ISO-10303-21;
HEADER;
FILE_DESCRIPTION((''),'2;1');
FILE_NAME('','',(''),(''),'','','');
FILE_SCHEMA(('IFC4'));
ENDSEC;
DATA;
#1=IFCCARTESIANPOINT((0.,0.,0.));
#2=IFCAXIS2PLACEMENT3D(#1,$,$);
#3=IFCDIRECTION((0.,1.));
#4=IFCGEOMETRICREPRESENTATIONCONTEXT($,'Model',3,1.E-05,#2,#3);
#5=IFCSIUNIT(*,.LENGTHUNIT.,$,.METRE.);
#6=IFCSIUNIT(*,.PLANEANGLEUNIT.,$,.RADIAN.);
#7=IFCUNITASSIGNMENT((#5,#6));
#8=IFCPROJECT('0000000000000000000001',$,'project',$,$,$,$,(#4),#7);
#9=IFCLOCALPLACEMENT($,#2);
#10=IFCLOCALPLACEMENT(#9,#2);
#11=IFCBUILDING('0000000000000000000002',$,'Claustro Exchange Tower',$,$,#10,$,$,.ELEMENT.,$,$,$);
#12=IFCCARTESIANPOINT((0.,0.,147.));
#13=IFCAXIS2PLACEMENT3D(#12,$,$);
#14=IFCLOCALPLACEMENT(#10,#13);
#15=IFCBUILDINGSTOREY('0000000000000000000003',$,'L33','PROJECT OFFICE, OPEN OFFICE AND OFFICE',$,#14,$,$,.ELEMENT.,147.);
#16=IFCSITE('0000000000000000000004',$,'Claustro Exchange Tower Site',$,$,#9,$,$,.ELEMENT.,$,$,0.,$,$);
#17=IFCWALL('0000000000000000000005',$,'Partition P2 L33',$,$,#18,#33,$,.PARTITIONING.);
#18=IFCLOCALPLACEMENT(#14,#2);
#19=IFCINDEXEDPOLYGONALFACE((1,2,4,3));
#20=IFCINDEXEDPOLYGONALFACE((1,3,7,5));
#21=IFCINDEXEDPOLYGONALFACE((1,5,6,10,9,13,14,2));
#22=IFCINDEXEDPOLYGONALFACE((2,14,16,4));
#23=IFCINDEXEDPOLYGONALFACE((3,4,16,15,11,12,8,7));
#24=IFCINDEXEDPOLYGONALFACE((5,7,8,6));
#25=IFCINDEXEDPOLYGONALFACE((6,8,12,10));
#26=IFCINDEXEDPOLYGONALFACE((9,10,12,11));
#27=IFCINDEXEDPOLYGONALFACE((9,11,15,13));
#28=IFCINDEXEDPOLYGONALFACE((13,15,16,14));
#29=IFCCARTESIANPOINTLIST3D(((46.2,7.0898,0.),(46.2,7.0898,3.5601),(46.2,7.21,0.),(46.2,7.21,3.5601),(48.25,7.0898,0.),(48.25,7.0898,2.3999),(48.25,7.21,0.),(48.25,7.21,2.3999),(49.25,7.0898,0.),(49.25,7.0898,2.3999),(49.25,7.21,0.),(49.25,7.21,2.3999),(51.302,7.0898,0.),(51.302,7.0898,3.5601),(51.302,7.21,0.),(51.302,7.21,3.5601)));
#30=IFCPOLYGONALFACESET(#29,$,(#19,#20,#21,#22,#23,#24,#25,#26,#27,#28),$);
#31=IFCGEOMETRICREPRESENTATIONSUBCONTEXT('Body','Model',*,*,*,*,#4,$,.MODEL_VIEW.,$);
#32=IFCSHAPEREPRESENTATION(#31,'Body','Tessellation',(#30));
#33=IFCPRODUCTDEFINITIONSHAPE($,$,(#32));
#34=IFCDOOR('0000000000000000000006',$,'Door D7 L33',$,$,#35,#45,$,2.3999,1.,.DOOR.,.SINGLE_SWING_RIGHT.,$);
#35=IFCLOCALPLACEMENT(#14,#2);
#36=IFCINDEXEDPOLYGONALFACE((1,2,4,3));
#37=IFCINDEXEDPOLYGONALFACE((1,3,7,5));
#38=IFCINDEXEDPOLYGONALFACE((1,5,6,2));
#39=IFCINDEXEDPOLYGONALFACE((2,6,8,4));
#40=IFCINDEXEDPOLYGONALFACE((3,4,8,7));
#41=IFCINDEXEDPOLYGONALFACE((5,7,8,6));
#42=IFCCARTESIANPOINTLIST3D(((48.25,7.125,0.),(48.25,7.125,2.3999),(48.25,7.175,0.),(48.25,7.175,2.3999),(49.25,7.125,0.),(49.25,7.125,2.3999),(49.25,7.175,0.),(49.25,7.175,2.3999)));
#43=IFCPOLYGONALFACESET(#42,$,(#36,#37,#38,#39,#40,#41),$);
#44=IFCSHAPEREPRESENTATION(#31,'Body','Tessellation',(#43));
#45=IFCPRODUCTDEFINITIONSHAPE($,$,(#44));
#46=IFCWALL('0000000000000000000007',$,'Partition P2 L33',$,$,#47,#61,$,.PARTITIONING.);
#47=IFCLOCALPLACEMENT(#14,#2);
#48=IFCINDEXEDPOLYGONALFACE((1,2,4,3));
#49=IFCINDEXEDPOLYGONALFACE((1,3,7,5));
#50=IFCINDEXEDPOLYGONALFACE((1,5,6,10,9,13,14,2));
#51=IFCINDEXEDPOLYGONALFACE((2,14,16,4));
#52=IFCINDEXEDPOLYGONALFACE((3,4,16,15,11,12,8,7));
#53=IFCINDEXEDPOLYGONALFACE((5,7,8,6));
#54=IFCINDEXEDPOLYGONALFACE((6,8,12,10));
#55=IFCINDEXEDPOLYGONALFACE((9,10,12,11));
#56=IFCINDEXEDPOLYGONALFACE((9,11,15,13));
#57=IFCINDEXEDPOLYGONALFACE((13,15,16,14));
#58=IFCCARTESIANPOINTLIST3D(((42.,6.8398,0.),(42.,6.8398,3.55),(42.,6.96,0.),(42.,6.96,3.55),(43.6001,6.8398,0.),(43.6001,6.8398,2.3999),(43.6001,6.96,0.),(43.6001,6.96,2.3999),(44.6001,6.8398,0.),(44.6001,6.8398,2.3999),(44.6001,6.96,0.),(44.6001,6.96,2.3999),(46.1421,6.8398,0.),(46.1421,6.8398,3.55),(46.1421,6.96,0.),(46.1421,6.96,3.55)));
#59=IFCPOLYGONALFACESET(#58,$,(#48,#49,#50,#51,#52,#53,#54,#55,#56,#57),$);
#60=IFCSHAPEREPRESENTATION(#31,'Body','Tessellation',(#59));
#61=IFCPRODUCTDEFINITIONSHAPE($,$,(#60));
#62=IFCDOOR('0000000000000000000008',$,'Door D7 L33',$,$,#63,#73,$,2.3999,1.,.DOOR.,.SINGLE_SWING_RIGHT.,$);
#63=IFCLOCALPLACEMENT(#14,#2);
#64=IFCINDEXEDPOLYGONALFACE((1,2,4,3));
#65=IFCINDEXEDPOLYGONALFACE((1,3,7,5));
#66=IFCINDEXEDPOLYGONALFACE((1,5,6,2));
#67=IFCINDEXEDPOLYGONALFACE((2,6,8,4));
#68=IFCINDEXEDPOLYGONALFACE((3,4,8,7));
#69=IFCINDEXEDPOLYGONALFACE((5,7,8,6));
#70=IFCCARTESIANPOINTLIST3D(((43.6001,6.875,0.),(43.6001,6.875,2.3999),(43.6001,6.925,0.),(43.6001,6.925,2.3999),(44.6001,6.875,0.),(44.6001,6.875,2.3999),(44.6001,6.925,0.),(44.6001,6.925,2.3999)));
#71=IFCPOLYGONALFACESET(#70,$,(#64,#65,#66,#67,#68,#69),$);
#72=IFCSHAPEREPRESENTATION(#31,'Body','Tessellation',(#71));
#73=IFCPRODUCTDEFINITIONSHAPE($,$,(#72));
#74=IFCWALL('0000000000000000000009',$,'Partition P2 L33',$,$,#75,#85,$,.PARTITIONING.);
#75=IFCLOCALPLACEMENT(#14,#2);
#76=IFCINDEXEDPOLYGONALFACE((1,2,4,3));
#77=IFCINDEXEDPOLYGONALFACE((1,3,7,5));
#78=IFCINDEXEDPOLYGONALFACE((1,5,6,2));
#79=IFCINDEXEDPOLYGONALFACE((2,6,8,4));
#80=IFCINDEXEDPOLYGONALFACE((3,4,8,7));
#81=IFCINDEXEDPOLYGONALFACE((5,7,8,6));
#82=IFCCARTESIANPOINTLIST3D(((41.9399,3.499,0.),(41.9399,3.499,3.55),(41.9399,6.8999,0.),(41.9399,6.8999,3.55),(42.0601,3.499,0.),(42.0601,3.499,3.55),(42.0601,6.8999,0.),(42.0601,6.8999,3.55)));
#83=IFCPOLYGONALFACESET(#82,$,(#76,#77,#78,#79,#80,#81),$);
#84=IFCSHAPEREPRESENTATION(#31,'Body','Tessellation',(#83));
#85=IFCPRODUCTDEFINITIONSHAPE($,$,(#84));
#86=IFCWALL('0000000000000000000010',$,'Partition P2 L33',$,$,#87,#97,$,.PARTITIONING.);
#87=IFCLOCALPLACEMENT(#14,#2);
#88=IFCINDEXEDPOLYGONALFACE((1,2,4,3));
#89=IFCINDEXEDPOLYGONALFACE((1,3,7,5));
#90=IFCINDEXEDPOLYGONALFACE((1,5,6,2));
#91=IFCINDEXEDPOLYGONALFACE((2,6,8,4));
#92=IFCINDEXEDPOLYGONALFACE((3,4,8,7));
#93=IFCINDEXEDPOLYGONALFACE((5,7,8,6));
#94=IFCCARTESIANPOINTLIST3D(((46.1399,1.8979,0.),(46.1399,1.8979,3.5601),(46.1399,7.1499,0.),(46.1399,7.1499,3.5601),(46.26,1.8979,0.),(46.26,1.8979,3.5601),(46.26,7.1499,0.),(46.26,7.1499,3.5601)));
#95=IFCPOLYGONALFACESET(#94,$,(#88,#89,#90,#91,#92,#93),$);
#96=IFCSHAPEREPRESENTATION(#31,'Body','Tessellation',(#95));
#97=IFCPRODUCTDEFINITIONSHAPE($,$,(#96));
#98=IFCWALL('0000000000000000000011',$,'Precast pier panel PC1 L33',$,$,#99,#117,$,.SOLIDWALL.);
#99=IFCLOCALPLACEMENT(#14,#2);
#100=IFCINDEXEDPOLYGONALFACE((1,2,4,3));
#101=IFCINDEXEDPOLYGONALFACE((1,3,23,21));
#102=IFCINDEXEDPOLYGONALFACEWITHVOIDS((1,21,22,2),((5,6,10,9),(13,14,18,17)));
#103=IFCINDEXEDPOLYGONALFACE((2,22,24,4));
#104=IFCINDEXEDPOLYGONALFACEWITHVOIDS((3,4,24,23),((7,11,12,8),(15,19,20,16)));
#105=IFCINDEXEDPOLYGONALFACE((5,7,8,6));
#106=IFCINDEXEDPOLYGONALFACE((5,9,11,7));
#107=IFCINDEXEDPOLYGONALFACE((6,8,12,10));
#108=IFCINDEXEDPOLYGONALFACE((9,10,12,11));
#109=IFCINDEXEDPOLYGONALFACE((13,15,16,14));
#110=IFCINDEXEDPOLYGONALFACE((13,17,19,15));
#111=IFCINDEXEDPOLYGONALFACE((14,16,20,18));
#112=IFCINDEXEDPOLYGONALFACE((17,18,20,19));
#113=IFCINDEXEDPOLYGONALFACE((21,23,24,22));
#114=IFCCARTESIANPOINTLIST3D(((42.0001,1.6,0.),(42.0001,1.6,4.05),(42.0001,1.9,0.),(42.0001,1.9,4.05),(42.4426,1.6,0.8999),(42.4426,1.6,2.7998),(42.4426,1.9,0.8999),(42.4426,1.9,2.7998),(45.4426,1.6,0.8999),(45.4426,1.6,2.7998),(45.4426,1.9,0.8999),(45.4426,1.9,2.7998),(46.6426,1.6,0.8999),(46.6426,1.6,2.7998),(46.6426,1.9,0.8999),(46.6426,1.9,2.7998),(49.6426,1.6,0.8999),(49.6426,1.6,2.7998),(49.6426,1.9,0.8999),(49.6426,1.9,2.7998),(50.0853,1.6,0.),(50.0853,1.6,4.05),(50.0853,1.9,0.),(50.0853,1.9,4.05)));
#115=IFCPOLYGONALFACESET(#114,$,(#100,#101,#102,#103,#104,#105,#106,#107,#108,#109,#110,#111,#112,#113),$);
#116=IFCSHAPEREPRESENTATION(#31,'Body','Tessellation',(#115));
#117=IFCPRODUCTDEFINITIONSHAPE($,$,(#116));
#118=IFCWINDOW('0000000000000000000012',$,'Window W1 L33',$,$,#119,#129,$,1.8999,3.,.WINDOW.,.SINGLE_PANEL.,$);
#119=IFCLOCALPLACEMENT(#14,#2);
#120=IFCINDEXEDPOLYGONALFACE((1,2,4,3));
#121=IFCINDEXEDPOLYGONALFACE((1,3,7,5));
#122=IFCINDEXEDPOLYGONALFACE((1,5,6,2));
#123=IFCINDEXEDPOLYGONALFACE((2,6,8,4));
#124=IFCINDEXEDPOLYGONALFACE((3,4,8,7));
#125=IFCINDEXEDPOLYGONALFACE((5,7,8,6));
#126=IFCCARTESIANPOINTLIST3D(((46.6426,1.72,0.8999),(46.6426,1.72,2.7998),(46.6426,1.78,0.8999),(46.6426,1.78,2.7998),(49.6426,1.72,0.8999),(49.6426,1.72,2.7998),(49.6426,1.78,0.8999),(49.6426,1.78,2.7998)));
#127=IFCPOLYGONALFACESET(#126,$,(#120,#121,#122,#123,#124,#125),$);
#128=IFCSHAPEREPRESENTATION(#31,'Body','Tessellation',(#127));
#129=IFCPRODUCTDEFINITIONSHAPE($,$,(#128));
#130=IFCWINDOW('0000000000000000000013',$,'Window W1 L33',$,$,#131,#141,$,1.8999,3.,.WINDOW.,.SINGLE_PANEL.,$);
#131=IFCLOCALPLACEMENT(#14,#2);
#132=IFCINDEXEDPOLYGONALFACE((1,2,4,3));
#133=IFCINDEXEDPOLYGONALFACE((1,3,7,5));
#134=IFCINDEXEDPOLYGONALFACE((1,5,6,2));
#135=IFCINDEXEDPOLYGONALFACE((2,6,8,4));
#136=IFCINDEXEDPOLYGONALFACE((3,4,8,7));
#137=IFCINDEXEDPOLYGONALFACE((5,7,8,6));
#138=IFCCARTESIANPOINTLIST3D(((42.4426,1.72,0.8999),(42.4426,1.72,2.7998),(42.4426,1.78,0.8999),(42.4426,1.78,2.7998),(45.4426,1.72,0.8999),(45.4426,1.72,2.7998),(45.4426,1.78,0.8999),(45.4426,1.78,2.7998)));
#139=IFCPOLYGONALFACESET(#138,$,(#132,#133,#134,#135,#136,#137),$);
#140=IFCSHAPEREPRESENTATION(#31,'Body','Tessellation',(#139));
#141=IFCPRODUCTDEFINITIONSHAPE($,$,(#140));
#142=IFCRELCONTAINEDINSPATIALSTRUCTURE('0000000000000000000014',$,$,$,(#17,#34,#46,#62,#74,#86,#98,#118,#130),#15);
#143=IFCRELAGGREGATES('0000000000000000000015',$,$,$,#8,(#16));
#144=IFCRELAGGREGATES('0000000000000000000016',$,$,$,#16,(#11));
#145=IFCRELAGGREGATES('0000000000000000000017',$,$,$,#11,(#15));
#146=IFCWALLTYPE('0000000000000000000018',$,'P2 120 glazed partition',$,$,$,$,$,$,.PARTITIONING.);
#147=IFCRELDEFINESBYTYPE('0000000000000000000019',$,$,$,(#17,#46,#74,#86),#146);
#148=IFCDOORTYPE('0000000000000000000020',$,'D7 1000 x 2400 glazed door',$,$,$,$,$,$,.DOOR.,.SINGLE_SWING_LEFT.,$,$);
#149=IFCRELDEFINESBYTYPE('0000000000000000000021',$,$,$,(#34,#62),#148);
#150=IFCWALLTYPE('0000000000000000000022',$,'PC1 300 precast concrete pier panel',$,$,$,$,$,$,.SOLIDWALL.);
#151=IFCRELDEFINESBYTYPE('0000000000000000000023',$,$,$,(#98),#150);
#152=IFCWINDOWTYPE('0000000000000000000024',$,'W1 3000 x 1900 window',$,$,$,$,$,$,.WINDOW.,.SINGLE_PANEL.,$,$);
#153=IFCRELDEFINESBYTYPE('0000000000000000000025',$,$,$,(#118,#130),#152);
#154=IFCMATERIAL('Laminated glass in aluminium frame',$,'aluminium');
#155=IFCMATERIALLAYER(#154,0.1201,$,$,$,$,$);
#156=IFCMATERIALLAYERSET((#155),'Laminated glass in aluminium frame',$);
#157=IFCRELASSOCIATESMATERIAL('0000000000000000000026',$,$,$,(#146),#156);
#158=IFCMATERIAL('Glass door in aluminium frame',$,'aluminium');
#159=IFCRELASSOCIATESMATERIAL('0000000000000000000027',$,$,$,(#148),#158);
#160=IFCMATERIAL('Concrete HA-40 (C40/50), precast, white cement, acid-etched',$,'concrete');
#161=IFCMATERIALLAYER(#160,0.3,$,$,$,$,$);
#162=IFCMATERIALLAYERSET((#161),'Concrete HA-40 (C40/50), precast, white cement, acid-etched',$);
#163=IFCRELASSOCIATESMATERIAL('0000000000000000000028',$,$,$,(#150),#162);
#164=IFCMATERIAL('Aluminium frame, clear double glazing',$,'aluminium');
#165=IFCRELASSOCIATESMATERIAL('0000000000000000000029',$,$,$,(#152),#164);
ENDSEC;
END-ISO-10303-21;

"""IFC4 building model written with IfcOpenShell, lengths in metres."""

from ifc_helpers import new_model, si_unit, direction, frame, frame_2d, origin, place, context, subcontext, project, spatial, rectangle, extrude, material, layer, layer_set, type_object, element, fill, save


model = new_model("IFC4")

# Units and contexts
model_context = context("Model", 3, precision=1e-05, world=origin(), true_north=direction((0.0, 1.0)))
body_context = subcontext(model_context, "Body", "Model", "MODEL_VIEW")
ifc_project = project(units=[si_unit("LENGTHUNIT", "METRE"), si_unit("PLANEANGLEUNIT", "RADIAN")], contexts=[model_context])

# Site, building, storey
site_placement = place(None, origin())
site = spatial("IfcSite", under=ifc_project, at=site_placement, Name="Claustro Exchange Tower Site", CompositionType="ELEMENT", RefElevation=0.0)
building_placement = place(site_placement, origin())
building = spatial("IfcBuilding", under=site, at=building_placement, Name="Claustro Exchange Tower", CompositionType="ELEMENT")
storey_placement = place(building_placement, frame((0.0, 0.0, 147.0)))
storey = spatial("IfcBuildingStorey", under=building, at=storey_placement, Name="L33", Description="PROJECT OFFICE, OPEN OFFICE AND OFFICE", CompositionType="ELEMENT", Elevation=147.0)

# Shared definitions
ifc_material_1 = material(Name="Laminated glass in aluminium frame", Category="aluminium")
ifc_layer_1 = layer(ifc_material_1, 0.1201)
ifc_layer_set_1 = layer_set([ifc_layer_1], Name="Laminated glass in aluminium frame")
wall_type_1 = type_object("IfcWallType", Name="P2 120 glazed partition", PredefinedType="PARTITIONING", material=ifc_layer_set_1)

# Walls, openings, doors
wall_1_placement = place(storey_placement, frame((46.2, 7.1499, 0.0), z_axis=(0.0, 0.0, 1.0), x_axis=(1.0, 0.0, 0.0)))
wall_1 = element("IfcWall", 1, at=wall_1_placement, inside=storey, type_object=wall_type_1, Name="Partition P2 L33", PredefinedType="PARTITIONING", context=body_context, shape_type="SweptSolid", body=[
    extrude(rectangle(XDim=5.1021, YDim=0.1201, at=frame_2d((2.551, 0.0))), origin(), (0.0, 0.0, 1.0), 3.5601),
])
opening_1_placement = place(wall_1_placement, frame((2.05, 0.0, 0.0)))
opening_1 = element("IfcOpeningElement", 2, at=opening_1_placement, cuts=wall_1, PredefinedType="OPENING", context=body_context, shape_type="SweptSolid", body=[
    extrude(rectangle(XDim=1.0, YDim=2.3999, at=frame_2d((0.5, 1.2))), frame((0.0, 0.0701, 0.0), z_axis=(0.0, -1.0, 0.0), x_axis=(1.0, 0.0, 0.0)), (0.0, 0.0, 1.0), 0.1401),
])
ifc_material_2 = material(Name="Glass door in aluminium frame", Category="aluminium")
door_type = type_object("IfcDoorType", Name="D7 1000 x 2400 glazed door", OperationType="SINGLE_SWING_LEFT", PredefinedType="DOOR", material=ifc_material_2)
door_1_placement = place(opening_1_placement, frame((1.0, 0.0, 0.0), z_axis=(0.0, 0.0, 1.0), x_axis=(-1.0, 0.0, 0.0)))
door_1 = element("IfcDoor", 3, at=door_1_placement, inside=storey, type_object=door_type, Name="Door D7 L33", OperationType="SINGLE_SWING_RIGHT", OverallHeight=2.3999, OverallWidth=1.0, PredefinedType="DOOR", context=body_context, shape_type="SweptSolid", body=[
    extrude(rectangle(XDim=1.0, YDim=2.3999, at=frame_2d((0.5, 1.2))), frame((0.0, 0.0249, 0.0), z_axis=(0.0, -1.0, 0.0), x_axis=(1.0, 0.0, 0.0)), (0.0, 0.0, 1.0), 0.05),
])
fill(opening_1, door_1)
wall_2_placement = place(storey_placement, frame((42.0, 6.8999, 0.0), z_axis=(0.0, 0.0, 1.0), x_axis=(1.0, 0.0, 0.0)))
wall_2 = element("IfcWall", 4, at=wall_2_placement, inside=storey, type_object=wall_type_1, Name="Partition P2 L33", PredefinedType="PARTITIONING", context=body_context, shape_type="SweptSolid", body=[
    extrude(rectangle(XDim=4.1421, YDim=0.1201, at=frame_2d((2.071, 0.0))), origin(), (0.0, 0.0, 1.0), 3.55),
])
opening_2_placement = place(wall_2_placement, frame((1.6001, 0.0, 0.0)))
opening_2 = element("IfcOpeningElement", 5, at=opening_2_placement, cuts=wall_2, PredefinedType="OPENING", context=body_context, shape_type="SweptSolid", body=[
    extrude(rectangle(XDim=1.0, YDim=2.3999, at=frame_2d((0.5, 1.2))), frame((0.0, 0.0701, 0.0), z_axis=(0.0, -1.0, 0.0), x_axis=(1.0, 0.0, 0.0)), (0.0, 0.0, 1.0), 0.1401),
])
door_2_placement = place(opening_2_placement, frame((1.0, 0.0, 0.0), z_axis=(0.0, 0.0, 1.0), x_axis=(-1.0, 0.0, 0.0)))
door_2 = element("IfcDoor", 6, at=door_2_placement, inside=storey, type_object=door_type, Name="Door D7 L33", OperationType="SINGLE_SWING_RIGHT", OverallHeight=2.3999, OverallWidth=1.0, PredefinedType="DOOR", context=body_context, shape_type="SweptSolid", body=[
    extrude(rectangle(XDim=1.0, YDim=2.3999, at=frame_2d((0.5, 1.2))), frame((0.0, 0.0249, 0.0), z_axis=(0.0, -1.0, 0.0), x_axis=(1.0, 0.0, 0.0)), (0.0, 0.0, 1.0), 0.05),
])
fill(opening_2, door_2)

# Walls
wall_3_placement = place(storey_placement, frame((42.0, 3.499, 0.0), z_axis=(0.0, 0.0, 1.0), x_axis=(0.0, 1.0, 0.0)))
element("IfcWall", 7, at=wall_3_placement, inside=storey, type_object=wall_type_1, Name="Partition P2 L33", PredefinedType="PARTITIONING", context=body_context, shape_type="SweptSolid", body=[
    extrude(rectangle(XDim=3.4009, YDim=0.1201, at=frame_2d((1.7004, 0.0))), origin(), (0.0, 0.0, 1.0), 3.55),
])
wall_4_placement = place(storey_placement, frame((46.2, 1.8979, 0.0), z_axis=(0.0, 0.0, 1.0), x_axis=(0.0, 1.0, 0.0)))
element("IfcWall", 8, at=wall_4_placement, inside=storey, type_object=wall_type_1, Name="Partition P2 L33", PredefinedType="PARTITIONING", context=body_context, shape_type="SweptSolid", body=[
    extrude(rectangle(XDim=5.252, YDim=0.1201, at=frame_2d((2.626, 0.0))), origin(), (0.0, 0.0, 1.0), 3.5601),
])

# Wall, openings, windows
ifc_material_3 = material(Name="Concrete HA-40 (C40/50), precast, white cement, acid-etched", Category="concrete")
ifc_layer_2 = layer(ifc_material_3, 0.3)
ifc_layer_set_2 = layer_set([ifc_layer_2], Name="Concrete HA-40 (C40/50), precast, white cement, acid-etched")
wall_type_2 = type_object("IfcWallType", Name="PC1 300 precast concrete pier panel", PredefinedType="SOLIDWALL", material=ifc_layer_set_2)
wall_5_placement = place(storey_placement, frame((50.0852, 1.75, 0.0), z_axis=(0.0, 0.0, 1.0), x_axis=(-1.0, 0.0, 0.0)))
wall_5 = element("IfcWall", 9, at=wall_5_placement, inside=storey, type_object=wall_type_2, Name="Precast pier panel PC1 L33", PredefinedType="SOLIDWALL", context=body_context, shape_type="SweptSolid", body=[
    extrude(rectangle(XDim=8.0852, YDim=0.3, at=frame_2d((4.0425, 0.0))), origin(), (0.0, 0.0, 1.0), 4.05),
])
opening_3_placement = place(wall_5_placement, frame((0.4426, 0.0, 0.8999)))
opening_3 = element("IfcOpeningElement", 10, at=opening_3_placement, cuts=wall_5, PredefinedType="OPENING", context=body_context, shape_type="SweptSolid", body=[
    extrude(rectangle(XDim=3.0, YDim=1.8999, at=frame_2d((1.5, 0.95))), frame((0.0, 0.1599, 0.0), z_axis=(0.0, -1.0, 0.0), x_axis=(1.0, 0.0, 0.0)), (0.0, 0.0, 1.0), 0.3201),
])
opening_4_placement = place(wall_5_placement, frame((4.6426, 0.0, 0.8999)))
opening_4 = element("IfcOpeningElement", 11, at=opening_4_placement, cuts=wall_5, PredefinedType="OPENING", context=body_context, shape_type="SweptSolid", body=[
    extrude(rectangle(XDim=3.0, YDim=1.8999, at=frame_2d((1.5, 0.95))), frame((0.0, 0.1599, 0.0), z_axis=(0.0, -1.0, 0.0), x_axis=(1.0, 0.0, 0.0)), (0.0, 0.0, 1.0), 0.3201),
])
ifc_material_4 = material(Name="Aluminium frame, clear double glazing", Category="aluminium")
window_type = type_object("IfcWindowType", Name="W1 3000 x 1900 window", PartitioningType="SINGLE_PANEL", PredefinedType="WINDOW", material=ifc_material_4)
window_1_placement = place(opening_3_placement, origin())
window_1 = element("IfcWindow", 12, at=window_1_placement, inside=storey, type_object=window_type, Name="Window W1 L33", OverallHeight=1.8999, OverallWidth=3.0, PartitioningType="SINGLE_PANEL", PredefinedType="WINDOW", context=body_context, shape_type="SweptSolid", body=[
    extrude(rectangle(XDim=3.0, YDim=1.8999, at=frame_2d((1.5, 0.95))), frame((0.0, 0.03, 0.0), z_axis=(0.0, -1.0, 0.0), x_axis=(1.0, 0.0, 0.0)), (0.0, 0.0, 1.0), 0.0601),
])
fill(opening_3, window_1)
window_2_placement = place(opening_4_placement, origin())
window_2 = element("IfcWindow", 13, at=window_2_placement, inside=storey, type_object=window_type, Name="Window W1 L33", OverallHeight=1.8999, OverallWidth=3.0, PartitioningType="SINGLE_PANEL", PredefinedType="WINDOW", context=body_context, shape_type="SweptSolid", body=[
    extrude(rectangle(XDim=3.0, YDim=1.8999, at=frame_2d((1.5, 0.95))), frame((0.0, 0.03, 0.0), z_axis=(0.0, -1.0, 0.0), x_axis=(1.0, 0.0, 0.0)), (0.0, 0.0, 1.0), 0.0601),
])
fill(opening_4, window_2)

save(model, "model.ifc")
